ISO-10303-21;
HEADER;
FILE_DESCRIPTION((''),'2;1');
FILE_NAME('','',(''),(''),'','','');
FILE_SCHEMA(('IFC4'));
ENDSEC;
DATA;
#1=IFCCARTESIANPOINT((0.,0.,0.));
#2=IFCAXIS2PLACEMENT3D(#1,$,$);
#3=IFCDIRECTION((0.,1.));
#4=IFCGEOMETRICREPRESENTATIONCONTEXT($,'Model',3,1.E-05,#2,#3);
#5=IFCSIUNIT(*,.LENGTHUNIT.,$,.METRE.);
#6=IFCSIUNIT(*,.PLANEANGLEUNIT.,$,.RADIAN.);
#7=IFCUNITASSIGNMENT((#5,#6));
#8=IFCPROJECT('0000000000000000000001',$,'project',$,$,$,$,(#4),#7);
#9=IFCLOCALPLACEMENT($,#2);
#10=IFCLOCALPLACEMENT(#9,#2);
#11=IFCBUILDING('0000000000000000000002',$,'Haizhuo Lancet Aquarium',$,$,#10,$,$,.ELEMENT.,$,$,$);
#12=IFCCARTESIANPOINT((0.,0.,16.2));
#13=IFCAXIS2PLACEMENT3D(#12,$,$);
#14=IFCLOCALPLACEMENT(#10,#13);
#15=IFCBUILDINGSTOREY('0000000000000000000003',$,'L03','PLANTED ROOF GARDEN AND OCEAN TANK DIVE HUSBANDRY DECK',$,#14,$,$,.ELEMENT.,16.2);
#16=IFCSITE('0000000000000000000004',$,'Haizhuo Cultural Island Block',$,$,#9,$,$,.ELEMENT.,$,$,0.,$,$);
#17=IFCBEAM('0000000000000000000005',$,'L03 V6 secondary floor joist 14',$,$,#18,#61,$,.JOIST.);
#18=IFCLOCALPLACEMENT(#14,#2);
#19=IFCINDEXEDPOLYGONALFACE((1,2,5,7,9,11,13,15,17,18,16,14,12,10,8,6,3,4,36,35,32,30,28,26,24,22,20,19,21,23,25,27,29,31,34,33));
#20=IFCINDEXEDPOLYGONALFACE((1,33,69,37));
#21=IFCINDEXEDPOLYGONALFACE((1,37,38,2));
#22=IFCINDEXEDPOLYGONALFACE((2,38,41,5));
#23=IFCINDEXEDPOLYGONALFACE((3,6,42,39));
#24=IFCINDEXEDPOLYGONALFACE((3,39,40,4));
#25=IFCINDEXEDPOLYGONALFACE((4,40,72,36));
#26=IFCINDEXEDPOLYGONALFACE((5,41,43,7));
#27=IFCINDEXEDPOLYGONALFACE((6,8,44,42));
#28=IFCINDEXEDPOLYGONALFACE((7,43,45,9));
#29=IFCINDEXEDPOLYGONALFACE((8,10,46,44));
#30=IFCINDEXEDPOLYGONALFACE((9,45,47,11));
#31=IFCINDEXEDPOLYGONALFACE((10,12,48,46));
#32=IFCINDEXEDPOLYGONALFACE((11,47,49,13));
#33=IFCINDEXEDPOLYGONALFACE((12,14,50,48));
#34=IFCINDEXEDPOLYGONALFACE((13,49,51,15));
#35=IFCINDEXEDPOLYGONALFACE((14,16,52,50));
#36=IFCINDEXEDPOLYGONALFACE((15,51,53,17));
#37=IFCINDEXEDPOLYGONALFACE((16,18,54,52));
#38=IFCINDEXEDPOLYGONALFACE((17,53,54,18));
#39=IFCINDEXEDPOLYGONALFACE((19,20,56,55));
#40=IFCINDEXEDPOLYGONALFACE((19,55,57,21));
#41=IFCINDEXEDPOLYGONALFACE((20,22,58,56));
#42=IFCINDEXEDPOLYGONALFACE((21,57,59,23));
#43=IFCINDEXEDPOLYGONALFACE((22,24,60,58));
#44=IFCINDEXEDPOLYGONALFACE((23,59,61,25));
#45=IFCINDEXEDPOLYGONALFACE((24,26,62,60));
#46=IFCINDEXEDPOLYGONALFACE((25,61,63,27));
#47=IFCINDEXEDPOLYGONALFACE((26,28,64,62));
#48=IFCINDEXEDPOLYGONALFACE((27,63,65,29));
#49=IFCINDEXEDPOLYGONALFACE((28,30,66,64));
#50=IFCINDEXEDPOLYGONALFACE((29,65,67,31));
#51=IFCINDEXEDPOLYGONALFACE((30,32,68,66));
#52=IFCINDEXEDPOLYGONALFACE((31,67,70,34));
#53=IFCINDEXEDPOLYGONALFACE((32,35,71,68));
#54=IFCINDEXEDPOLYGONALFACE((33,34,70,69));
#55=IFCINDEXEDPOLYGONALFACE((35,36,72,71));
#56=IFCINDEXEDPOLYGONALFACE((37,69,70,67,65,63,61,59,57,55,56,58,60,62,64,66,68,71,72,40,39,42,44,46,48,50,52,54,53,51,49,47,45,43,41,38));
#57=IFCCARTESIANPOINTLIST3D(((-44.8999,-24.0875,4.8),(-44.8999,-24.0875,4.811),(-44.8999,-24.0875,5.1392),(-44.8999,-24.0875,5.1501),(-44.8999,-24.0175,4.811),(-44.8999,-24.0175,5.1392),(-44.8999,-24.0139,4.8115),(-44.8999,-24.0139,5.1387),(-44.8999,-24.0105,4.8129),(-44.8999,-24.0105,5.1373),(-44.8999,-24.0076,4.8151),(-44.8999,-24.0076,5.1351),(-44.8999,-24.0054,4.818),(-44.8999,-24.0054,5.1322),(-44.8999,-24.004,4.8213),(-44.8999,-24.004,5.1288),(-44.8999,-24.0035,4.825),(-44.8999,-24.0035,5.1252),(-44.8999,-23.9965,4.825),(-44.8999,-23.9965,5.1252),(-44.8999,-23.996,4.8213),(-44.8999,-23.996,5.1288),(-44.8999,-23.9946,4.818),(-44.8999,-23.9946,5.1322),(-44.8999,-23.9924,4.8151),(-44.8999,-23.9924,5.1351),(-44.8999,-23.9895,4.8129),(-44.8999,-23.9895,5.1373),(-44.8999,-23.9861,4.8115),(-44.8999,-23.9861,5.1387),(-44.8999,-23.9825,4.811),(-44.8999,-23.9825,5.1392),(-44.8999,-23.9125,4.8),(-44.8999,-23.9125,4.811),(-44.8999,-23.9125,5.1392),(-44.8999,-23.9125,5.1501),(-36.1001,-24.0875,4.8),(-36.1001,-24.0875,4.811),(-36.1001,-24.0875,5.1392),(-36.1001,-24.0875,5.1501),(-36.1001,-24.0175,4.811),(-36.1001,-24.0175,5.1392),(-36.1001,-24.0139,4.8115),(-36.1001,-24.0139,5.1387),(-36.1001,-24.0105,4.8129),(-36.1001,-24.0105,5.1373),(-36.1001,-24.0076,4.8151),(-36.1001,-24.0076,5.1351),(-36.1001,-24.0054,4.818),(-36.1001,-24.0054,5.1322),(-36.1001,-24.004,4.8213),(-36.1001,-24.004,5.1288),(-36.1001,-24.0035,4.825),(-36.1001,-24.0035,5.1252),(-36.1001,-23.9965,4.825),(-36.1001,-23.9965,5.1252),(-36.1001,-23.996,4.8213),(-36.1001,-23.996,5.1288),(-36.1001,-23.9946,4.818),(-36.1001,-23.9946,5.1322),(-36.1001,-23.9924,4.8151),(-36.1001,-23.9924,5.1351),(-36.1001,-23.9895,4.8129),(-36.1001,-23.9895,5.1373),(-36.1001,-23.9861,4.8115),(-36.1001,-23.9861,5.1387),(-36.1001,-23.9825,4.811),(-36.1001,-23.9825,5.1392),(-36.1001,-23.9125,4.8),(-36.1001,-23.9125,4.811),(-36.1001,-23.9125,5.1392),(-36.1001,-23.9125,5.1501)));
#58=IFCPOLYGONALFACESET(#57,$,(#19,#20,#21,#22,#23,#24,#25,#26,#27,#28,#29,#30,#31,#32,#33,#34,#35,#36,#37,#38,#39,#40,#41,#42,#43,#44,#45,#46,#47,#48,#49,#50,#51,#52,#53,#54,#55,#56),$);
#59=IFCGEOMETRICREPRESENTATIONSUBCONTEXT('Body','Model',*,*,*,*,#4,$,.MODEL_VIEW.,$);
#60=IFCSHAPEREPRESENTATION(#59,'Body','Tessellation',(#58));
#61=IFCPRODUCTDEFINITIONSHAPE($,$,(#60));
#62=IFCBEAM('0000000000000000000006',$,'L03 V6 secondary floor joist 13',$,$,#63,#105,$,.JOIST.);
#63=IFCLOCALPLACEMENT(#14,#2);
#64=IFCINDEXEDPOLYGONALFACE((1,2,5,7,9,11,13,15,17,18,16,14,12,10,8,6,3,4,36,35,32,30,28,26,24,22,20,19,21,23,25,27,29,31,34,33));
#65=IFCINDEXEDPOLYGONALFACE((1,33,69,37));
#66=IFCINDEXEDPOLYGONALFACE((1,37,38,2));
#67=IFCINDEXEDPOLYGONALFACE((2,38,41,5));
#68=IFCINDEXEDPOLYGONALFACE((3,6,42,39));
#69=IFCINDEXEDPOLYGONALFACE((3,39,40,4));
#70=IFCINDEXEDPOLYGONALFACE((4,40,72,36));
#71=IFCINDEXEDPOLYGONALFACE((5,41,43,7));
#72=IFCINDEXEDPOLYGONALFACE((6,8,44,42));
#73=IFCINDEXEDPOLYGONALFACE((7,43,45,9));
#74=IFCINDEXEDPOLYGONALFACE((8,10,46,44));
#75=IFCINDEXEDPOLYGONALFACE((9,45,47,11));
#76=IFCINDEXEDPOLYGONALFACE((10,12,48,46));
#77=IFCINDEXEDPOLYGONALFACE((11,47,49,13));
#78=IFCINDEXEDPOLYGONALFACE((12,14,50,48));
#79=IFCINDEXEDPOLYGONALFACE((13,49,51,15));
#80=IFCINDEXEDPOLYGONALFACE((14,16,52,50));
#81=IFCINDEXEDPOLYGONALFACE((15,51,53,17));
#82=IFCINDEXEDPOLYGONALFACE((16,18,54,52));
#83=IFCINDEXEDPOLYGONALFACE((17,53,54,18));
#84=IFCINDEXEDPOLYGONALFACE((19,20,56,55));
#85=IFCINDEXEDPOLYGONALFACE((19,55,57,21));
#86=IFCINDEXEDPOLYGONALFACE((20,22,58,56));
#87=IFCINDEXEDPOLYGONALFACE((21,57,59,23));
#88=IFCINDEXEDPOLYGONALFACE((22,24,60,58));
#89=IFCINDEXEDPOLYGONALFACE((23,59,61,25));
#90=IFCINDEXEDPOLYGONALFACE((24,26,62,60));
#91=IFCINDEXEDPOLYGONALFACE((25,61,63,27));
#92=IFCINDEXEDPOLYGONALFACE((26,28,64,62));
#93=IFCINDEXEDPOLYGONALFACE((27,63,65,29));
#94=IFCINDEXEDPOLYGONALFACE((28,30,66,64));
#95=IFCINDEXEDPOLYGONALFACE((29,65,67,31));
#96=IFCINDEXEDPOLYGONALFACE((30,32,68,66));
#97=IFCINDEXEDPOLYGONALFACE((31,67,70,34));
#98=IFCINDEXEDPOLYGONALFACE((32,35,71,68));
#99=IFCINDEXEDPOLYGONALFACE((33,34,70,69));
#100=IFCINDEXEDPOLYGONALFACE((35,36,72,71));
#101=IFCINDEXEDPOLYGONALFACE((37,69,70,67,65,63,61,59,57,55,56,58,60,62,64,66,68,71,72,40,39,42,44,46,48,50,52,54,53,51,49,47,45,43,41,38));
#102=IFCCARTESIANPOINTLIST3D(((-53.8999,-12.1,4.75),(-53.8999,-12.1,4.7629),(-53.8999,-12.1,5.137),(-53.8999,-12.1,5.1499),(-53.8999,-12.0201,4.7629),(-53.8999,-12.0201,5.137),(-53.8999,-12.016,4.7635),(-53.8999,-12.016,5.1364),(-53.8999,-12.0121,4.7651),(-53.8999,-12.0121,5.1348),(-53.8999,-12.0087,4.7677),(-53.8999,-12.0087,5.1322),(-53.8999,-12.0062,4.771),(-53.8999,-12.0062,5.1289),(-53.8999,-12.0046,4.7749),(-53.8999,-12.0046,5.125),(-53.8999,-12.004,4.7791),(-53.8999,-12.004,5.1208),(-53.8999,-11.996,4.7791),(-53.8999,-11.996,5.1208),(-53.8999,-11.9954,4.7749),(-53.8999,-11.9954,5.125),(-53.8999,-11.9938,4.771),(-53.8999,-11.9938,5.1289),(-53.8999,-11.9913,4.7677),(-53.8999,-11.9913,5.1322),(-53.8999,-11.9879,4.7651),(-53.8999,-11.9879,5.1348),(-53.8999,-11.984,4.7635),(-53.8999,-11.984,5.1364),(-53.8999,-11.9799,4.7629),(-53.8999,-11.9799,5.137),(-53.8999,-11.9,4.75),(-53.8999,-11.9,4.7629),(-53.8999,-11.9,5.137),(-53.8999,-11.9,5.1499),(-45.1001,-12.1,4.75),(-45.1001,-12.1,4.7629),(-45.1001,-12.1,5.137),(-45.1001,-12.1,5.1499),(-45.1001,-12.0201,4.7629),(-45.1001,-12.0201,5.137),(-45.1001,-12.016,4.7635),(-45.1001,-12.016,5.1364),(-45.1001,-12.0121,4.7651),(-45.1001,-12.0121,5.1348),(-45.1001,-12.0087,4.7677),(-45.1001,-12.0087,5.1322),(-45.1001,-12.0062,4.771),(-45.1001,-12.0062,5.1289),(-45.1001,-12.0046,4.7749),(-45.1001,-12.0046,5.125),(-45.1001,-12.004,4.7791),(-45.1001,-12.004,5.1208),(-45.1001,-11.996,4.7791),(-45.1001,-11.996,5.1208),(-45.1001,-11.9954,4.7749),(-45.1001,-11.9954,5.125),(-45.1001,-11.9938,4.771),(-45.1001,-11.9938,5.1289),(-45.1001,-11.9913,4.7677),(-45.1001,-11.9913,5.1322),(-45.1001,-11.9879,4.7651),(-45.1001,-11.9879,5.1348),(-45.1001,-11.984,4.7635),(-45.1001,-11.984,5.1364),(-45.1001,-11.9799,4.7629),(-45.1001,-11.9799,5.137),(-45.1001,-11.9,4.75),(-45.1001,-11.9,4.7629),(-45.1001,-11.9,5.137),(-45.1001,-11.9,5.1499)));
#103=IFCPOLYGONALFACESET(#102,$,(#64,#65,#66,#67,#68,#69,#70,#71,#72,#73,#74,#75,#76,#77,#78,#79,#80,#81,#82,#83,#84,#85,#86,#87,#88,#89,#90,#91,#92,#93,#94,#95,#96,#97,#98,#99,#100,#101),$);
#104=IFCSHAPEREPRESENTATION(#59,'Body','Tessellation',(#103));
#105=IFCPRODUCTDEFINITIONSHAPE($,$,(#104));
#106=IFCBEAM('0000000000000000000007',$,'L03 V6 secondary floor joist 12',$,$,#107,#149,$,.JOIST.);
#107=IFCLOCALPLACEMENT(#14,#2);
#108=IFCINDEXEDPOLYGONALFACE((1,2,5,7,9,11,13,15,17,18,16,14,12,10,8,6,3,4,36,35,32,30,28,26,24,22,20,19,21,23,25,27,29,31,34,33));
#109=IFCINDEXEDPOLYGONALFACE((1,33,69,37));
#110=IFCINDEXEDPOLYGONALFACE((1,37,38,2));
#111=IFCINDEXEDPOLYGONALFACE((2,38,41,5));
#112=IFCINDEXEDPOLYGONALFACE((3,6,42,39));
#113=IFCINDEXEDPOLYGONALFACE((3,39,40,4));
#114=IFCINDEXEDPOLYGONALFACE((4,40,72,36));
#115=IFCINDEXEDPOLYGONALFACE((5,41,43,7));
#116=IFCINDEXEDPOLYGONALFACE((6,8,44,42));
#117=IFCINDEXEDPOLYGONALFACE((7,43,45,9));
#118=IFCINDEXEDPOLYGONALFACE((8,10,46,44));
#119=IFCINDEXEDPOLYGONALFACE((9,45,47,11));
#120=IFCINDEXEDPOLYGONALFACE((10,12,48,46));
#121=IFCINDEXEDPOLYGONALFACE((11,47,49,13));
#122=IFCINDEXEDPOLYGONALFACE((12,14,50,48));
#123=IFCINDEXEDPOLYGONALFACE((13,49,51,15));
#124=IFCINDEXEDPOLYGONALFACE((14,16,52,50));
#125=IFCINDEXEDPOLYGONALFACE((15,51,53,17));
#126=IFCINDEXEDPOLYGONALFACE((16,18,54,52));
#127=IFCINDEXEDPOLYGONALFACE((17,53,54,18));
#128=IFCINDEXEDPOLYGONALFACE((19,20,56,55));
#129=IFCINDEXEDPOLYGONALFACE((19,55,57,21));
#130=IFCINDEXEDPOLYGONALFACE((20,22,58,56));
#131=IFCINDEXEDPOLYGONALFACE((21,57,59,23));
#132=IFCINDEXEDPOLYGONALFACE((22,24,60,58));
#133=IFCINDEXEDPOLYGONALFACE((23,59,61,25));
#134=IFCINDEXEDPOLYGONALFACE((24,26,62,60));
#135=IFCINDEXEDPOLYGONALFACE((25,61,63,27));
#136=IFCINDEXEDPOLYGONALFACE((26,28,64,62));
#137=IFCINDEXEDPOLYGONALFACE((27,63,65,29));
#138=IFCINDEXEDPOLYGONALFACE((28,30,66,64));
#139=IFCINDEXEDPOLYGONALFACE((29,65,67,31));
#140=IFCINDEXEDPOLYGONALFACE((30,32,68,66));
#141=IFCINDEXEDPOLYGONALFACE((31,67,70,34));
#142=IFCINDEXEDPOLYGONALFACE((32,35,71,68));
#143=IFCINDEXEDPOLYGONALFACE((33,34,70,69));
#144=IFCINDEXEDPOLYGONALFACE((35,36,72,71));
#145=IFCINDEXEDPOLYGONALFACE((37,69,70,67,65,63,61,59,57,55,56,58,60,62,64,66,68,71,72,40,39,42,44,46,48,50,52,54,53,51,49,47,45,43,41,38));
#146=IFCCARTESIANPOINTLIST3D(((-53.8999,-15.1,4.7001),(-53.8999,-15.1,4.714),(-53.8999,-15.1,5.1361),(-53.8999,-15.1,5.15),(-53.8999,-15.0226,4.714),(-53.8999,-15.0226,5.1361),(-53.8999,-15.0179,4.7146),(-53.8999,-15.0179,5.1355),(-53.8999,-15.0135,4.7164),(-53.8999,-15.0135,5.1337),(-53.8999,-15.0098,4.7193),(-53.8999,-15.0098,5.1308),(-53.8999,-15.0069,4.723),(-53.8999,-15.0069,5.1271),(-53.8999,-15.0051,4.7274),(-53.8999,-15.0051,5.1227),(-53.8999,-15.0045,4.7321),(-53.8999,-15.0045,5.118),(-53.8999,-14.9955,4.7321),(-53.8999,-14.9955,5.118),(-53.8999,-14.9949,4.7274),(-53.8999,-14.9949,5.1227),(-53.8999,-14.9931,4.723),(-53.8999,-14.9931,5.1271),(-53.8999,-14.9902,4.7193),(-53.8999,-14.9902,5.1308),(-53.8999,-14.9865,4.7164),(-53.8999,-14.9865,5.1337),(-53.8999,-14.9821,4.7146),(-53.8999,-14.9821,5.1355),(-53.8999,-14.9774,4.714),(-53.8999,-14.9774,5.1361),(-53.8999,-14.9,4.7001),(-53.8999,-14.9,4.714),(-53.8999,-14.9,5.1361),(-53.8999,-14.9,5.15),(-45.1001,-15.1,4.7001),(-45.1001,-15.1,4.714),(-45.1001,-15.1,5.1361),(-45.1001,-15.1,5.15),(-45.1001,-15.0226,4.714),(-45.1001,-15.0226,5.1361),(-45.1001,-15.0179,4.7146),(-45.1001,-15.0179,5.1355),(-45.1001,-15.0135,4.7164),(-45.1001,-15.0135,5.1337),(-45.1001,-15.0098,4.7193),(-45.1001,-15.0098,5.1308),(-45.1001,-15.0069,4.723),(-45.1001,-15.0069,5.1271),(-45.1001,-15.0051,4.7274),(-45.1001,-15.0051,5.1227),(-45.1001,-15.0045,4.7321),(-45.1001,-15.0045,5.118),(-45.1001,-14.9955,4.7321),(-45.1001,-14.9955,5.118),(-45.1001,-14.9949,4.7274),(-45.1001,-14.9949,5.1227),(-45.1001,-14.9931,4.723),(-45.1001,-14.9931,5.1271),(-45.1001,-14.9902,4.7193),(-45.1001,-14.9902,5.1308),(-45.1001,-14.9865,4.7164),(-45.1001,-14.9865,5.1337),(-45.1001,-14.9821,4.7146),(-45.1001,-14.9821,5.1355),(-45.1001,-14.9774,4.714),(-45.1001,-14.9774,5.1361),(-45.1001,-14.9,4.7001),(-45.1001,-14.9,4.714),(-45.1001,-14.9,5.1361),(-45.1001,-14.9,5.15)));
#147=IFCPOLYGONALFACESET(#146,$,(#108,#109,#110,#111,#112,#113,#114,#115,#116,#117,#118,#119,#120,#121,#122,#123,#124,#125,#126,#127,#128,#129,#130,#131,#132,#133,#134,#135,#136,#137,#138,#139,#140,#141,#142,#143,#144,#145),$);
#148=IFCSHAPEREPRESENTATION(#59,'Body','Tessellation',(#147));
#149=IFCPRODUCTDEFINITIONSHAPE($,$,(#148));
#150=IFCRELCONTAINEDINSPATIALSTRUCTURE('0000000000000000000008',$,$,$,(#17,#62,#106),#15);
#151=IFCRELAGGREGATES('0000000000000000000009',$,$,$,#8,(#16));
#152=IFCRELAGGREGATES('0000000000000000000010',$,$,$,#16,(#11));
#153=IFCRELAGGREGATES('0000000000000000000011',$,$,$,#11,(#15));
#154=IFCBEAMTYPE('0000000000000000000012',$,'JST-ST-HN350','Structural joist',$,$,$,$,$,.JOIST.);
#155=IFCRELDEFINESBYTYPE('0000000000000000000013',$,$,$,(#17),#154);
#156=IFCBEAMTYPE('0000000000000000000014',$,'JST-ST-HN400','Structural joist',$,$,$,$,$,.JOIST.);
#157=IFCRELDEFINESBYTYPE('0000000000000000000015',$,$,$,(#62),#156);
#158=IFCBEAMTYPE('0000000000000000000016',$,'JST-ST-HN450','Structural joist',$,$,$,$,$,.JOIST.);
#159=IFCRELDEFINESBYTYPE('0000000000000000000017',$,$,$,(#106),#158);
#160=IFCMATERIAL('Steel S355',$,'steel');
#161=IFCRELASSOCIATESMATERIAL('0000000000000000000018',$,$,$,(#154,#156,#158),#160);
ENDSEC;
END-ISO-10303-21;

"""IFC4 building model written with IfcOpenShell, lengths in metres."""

from ifc_helpers import new_model, si_unit, direction, frame, origin, origin_2d, place, context, subcontext, project, spatial, i_section, extrude, material, material_profile, profile_set, type_object, element, save


model = new_model("IFC4")

# Units and contexts
model_context = context("Model", 3, precision=1e-05, world=origin(), true_north=direction((0.0, 1.0)))
body_context = subcontext(model_context, "Body", "Model", "MODEL_VIEW")
ifc_project = project(units=[si_unit("LENGTHUNIT", "METRE"), si_unit("PLANEANGLEUNIT", "RADIAN")], contexts=[model_context])

# Site, building, storey
site_placement = place(None, origin())
site = spatial("IfcSite", under=ifc_project, at=site_placement, Name="Haizhuo Cultural Island Block", CompositionType="ELEMENT", RefElevation=0.0)
building_placement = place(site_placement, origin())
building = spatial("IfcBuilding", under=site, at=building_placement, Name="Haizhuo Lancet Aquarium", CompositionType="ELEMENT")
storey_placement = place(building_placement, frame((0.0, 0.0, 16.2)))
storey = spatial("IfcBuildingStorey", under=building, at=storey_placement, Name="L03", Description="PLANTED ROOF GARDEN AND OCEAN TANK DIVE HUSBANDRY DECK", CompositionType="ELEMENT", Elevation=16.2)

# Beams
ifc_material_1 = material(Name="Steel S355", Category="steel")
ifc_material_profile_1 = material_profile(ifc_material_1, i_section(OverallWidth=0.175, OverallDepth=0.3501, WebThickness=0.0071, FlangeThickness=0.011, FilletRadius=0.0139, at=origin_2d()), Name="HN 350x175x7x11")
ifc_profile_set_1 = profile_set([ifc_material_profile_1], Name="Steel S355")
beam_type_1 = type_object("IfcBeamType", Name="JST-ST-HN350", Description="Structural joist", PredefinedType="JOIST", material=ifc_profile_set_1)
beam_1_placement = place(storey_placement, frame((-44.8999, -24.0, 4.9751), z_axis=(1.0, 0.0, 0.0), x_axis=(0.0, 1.0, 0.0)))
element("IfcBeam", 1, at=beam_1_placement, inside=storey, type_object=beam_type_1, Name="L03 V6 secondary floor joist 14", PredefinedType="JOIST", context=body_context, shape_type="SweptSolid", body=[
    extrude(i_section(OverallWidth=0.175, OverallDepth=0.3501, WebThickness=0.0071, FlangeThickness=0.011, FilletRadius=0.0139, at=origin_2d()), origin(), (0.0, 0.0, 1.0), 8.7998),
])
ifc_material_profile_2 = material_profile(ifc_material_1, i_section(OverallWidth=0.2, OverallDepth=0.3999, WebThickness=0.0081, FlangeThickness=0.0129, FilletRadius=0.0161, at=origin_2d()), Name="HN 400x200x8x13")
ifc_profile_set_2 = profile_set([ifc_material_profile_2], Name="Steel S355")
beam_type_2 = type_object("IfcBeamType", Name="JST-ST-HN400", Description="Structural joist", PredefinedType="JOIST", material=ifc_profile_set_2)
beam_2_placement = place(storey_placement, frame((-53.8999, -12.0, 4.95), z_axis=(1.0, 0.0, 0.0), x_axis=(0.0, 1.0, 0.0)))
element("IfcBeam", 2, at=beam_2_placement, inside=storey, type_object=beam_type_2, Name="L03 V6 secondary floor joist 13", PredefinedType="JOIST", context=body_context, shape_type="SweptSolid", body=[
    extrude(i_section(OverallWidth=0.2, OverallDepth=0.3999, WebThickness=0.0081, FlangeThickness=0.0129, FilletRadius=0.0161, at=origin_2d()), origin(), (0.0, 0.0, 1.0), 8.7998),
])
ifc_material_profile_3 = material_profile(ifc_material_1, i_section(OverallWidth=0.2, OverallDepth=0.45, WebThickness=0.009, FlangeThickness=0.0139, FilletRadius=0.0181, at=origin_2d()), Name="HN 450x200x9x14")
ifc_profile_set_3 = profile_set([ifc_material_profile_3], Name="Steel S355")
beam_type_3 = type_object("IfcBeamType", Name="JST-ST-HN450", Description="Structural joist", PredefinedType="JOIST", material=ifc_profile_set_3)
beam_3_placement = place(storey_placement, frame((-53.8999, -15.0, 4.925), z_axis=(1.0, 0.0, 0.0), x_axis=(0.0, 1.0, 0.0)))
element("IfcBeam", 3, at=beam_3_placement, inside=storey, type_object=beam_type_3, Name="L03 V6 secondary floor joist 12", PredefinedType="JOIST", context=body_context, shape_type="SweptSolid", body=[
    extrude(i_section(OverallWidth=0.2, OverallDepth=0.45, WebThickness=0.009, FlangeThickness=0.0139, FilletRadius=0.0181, at=origin_2d()), origin(), (0.0, 0.0, 1.0), 8.7998),
])

save(model, "model.ifc")
